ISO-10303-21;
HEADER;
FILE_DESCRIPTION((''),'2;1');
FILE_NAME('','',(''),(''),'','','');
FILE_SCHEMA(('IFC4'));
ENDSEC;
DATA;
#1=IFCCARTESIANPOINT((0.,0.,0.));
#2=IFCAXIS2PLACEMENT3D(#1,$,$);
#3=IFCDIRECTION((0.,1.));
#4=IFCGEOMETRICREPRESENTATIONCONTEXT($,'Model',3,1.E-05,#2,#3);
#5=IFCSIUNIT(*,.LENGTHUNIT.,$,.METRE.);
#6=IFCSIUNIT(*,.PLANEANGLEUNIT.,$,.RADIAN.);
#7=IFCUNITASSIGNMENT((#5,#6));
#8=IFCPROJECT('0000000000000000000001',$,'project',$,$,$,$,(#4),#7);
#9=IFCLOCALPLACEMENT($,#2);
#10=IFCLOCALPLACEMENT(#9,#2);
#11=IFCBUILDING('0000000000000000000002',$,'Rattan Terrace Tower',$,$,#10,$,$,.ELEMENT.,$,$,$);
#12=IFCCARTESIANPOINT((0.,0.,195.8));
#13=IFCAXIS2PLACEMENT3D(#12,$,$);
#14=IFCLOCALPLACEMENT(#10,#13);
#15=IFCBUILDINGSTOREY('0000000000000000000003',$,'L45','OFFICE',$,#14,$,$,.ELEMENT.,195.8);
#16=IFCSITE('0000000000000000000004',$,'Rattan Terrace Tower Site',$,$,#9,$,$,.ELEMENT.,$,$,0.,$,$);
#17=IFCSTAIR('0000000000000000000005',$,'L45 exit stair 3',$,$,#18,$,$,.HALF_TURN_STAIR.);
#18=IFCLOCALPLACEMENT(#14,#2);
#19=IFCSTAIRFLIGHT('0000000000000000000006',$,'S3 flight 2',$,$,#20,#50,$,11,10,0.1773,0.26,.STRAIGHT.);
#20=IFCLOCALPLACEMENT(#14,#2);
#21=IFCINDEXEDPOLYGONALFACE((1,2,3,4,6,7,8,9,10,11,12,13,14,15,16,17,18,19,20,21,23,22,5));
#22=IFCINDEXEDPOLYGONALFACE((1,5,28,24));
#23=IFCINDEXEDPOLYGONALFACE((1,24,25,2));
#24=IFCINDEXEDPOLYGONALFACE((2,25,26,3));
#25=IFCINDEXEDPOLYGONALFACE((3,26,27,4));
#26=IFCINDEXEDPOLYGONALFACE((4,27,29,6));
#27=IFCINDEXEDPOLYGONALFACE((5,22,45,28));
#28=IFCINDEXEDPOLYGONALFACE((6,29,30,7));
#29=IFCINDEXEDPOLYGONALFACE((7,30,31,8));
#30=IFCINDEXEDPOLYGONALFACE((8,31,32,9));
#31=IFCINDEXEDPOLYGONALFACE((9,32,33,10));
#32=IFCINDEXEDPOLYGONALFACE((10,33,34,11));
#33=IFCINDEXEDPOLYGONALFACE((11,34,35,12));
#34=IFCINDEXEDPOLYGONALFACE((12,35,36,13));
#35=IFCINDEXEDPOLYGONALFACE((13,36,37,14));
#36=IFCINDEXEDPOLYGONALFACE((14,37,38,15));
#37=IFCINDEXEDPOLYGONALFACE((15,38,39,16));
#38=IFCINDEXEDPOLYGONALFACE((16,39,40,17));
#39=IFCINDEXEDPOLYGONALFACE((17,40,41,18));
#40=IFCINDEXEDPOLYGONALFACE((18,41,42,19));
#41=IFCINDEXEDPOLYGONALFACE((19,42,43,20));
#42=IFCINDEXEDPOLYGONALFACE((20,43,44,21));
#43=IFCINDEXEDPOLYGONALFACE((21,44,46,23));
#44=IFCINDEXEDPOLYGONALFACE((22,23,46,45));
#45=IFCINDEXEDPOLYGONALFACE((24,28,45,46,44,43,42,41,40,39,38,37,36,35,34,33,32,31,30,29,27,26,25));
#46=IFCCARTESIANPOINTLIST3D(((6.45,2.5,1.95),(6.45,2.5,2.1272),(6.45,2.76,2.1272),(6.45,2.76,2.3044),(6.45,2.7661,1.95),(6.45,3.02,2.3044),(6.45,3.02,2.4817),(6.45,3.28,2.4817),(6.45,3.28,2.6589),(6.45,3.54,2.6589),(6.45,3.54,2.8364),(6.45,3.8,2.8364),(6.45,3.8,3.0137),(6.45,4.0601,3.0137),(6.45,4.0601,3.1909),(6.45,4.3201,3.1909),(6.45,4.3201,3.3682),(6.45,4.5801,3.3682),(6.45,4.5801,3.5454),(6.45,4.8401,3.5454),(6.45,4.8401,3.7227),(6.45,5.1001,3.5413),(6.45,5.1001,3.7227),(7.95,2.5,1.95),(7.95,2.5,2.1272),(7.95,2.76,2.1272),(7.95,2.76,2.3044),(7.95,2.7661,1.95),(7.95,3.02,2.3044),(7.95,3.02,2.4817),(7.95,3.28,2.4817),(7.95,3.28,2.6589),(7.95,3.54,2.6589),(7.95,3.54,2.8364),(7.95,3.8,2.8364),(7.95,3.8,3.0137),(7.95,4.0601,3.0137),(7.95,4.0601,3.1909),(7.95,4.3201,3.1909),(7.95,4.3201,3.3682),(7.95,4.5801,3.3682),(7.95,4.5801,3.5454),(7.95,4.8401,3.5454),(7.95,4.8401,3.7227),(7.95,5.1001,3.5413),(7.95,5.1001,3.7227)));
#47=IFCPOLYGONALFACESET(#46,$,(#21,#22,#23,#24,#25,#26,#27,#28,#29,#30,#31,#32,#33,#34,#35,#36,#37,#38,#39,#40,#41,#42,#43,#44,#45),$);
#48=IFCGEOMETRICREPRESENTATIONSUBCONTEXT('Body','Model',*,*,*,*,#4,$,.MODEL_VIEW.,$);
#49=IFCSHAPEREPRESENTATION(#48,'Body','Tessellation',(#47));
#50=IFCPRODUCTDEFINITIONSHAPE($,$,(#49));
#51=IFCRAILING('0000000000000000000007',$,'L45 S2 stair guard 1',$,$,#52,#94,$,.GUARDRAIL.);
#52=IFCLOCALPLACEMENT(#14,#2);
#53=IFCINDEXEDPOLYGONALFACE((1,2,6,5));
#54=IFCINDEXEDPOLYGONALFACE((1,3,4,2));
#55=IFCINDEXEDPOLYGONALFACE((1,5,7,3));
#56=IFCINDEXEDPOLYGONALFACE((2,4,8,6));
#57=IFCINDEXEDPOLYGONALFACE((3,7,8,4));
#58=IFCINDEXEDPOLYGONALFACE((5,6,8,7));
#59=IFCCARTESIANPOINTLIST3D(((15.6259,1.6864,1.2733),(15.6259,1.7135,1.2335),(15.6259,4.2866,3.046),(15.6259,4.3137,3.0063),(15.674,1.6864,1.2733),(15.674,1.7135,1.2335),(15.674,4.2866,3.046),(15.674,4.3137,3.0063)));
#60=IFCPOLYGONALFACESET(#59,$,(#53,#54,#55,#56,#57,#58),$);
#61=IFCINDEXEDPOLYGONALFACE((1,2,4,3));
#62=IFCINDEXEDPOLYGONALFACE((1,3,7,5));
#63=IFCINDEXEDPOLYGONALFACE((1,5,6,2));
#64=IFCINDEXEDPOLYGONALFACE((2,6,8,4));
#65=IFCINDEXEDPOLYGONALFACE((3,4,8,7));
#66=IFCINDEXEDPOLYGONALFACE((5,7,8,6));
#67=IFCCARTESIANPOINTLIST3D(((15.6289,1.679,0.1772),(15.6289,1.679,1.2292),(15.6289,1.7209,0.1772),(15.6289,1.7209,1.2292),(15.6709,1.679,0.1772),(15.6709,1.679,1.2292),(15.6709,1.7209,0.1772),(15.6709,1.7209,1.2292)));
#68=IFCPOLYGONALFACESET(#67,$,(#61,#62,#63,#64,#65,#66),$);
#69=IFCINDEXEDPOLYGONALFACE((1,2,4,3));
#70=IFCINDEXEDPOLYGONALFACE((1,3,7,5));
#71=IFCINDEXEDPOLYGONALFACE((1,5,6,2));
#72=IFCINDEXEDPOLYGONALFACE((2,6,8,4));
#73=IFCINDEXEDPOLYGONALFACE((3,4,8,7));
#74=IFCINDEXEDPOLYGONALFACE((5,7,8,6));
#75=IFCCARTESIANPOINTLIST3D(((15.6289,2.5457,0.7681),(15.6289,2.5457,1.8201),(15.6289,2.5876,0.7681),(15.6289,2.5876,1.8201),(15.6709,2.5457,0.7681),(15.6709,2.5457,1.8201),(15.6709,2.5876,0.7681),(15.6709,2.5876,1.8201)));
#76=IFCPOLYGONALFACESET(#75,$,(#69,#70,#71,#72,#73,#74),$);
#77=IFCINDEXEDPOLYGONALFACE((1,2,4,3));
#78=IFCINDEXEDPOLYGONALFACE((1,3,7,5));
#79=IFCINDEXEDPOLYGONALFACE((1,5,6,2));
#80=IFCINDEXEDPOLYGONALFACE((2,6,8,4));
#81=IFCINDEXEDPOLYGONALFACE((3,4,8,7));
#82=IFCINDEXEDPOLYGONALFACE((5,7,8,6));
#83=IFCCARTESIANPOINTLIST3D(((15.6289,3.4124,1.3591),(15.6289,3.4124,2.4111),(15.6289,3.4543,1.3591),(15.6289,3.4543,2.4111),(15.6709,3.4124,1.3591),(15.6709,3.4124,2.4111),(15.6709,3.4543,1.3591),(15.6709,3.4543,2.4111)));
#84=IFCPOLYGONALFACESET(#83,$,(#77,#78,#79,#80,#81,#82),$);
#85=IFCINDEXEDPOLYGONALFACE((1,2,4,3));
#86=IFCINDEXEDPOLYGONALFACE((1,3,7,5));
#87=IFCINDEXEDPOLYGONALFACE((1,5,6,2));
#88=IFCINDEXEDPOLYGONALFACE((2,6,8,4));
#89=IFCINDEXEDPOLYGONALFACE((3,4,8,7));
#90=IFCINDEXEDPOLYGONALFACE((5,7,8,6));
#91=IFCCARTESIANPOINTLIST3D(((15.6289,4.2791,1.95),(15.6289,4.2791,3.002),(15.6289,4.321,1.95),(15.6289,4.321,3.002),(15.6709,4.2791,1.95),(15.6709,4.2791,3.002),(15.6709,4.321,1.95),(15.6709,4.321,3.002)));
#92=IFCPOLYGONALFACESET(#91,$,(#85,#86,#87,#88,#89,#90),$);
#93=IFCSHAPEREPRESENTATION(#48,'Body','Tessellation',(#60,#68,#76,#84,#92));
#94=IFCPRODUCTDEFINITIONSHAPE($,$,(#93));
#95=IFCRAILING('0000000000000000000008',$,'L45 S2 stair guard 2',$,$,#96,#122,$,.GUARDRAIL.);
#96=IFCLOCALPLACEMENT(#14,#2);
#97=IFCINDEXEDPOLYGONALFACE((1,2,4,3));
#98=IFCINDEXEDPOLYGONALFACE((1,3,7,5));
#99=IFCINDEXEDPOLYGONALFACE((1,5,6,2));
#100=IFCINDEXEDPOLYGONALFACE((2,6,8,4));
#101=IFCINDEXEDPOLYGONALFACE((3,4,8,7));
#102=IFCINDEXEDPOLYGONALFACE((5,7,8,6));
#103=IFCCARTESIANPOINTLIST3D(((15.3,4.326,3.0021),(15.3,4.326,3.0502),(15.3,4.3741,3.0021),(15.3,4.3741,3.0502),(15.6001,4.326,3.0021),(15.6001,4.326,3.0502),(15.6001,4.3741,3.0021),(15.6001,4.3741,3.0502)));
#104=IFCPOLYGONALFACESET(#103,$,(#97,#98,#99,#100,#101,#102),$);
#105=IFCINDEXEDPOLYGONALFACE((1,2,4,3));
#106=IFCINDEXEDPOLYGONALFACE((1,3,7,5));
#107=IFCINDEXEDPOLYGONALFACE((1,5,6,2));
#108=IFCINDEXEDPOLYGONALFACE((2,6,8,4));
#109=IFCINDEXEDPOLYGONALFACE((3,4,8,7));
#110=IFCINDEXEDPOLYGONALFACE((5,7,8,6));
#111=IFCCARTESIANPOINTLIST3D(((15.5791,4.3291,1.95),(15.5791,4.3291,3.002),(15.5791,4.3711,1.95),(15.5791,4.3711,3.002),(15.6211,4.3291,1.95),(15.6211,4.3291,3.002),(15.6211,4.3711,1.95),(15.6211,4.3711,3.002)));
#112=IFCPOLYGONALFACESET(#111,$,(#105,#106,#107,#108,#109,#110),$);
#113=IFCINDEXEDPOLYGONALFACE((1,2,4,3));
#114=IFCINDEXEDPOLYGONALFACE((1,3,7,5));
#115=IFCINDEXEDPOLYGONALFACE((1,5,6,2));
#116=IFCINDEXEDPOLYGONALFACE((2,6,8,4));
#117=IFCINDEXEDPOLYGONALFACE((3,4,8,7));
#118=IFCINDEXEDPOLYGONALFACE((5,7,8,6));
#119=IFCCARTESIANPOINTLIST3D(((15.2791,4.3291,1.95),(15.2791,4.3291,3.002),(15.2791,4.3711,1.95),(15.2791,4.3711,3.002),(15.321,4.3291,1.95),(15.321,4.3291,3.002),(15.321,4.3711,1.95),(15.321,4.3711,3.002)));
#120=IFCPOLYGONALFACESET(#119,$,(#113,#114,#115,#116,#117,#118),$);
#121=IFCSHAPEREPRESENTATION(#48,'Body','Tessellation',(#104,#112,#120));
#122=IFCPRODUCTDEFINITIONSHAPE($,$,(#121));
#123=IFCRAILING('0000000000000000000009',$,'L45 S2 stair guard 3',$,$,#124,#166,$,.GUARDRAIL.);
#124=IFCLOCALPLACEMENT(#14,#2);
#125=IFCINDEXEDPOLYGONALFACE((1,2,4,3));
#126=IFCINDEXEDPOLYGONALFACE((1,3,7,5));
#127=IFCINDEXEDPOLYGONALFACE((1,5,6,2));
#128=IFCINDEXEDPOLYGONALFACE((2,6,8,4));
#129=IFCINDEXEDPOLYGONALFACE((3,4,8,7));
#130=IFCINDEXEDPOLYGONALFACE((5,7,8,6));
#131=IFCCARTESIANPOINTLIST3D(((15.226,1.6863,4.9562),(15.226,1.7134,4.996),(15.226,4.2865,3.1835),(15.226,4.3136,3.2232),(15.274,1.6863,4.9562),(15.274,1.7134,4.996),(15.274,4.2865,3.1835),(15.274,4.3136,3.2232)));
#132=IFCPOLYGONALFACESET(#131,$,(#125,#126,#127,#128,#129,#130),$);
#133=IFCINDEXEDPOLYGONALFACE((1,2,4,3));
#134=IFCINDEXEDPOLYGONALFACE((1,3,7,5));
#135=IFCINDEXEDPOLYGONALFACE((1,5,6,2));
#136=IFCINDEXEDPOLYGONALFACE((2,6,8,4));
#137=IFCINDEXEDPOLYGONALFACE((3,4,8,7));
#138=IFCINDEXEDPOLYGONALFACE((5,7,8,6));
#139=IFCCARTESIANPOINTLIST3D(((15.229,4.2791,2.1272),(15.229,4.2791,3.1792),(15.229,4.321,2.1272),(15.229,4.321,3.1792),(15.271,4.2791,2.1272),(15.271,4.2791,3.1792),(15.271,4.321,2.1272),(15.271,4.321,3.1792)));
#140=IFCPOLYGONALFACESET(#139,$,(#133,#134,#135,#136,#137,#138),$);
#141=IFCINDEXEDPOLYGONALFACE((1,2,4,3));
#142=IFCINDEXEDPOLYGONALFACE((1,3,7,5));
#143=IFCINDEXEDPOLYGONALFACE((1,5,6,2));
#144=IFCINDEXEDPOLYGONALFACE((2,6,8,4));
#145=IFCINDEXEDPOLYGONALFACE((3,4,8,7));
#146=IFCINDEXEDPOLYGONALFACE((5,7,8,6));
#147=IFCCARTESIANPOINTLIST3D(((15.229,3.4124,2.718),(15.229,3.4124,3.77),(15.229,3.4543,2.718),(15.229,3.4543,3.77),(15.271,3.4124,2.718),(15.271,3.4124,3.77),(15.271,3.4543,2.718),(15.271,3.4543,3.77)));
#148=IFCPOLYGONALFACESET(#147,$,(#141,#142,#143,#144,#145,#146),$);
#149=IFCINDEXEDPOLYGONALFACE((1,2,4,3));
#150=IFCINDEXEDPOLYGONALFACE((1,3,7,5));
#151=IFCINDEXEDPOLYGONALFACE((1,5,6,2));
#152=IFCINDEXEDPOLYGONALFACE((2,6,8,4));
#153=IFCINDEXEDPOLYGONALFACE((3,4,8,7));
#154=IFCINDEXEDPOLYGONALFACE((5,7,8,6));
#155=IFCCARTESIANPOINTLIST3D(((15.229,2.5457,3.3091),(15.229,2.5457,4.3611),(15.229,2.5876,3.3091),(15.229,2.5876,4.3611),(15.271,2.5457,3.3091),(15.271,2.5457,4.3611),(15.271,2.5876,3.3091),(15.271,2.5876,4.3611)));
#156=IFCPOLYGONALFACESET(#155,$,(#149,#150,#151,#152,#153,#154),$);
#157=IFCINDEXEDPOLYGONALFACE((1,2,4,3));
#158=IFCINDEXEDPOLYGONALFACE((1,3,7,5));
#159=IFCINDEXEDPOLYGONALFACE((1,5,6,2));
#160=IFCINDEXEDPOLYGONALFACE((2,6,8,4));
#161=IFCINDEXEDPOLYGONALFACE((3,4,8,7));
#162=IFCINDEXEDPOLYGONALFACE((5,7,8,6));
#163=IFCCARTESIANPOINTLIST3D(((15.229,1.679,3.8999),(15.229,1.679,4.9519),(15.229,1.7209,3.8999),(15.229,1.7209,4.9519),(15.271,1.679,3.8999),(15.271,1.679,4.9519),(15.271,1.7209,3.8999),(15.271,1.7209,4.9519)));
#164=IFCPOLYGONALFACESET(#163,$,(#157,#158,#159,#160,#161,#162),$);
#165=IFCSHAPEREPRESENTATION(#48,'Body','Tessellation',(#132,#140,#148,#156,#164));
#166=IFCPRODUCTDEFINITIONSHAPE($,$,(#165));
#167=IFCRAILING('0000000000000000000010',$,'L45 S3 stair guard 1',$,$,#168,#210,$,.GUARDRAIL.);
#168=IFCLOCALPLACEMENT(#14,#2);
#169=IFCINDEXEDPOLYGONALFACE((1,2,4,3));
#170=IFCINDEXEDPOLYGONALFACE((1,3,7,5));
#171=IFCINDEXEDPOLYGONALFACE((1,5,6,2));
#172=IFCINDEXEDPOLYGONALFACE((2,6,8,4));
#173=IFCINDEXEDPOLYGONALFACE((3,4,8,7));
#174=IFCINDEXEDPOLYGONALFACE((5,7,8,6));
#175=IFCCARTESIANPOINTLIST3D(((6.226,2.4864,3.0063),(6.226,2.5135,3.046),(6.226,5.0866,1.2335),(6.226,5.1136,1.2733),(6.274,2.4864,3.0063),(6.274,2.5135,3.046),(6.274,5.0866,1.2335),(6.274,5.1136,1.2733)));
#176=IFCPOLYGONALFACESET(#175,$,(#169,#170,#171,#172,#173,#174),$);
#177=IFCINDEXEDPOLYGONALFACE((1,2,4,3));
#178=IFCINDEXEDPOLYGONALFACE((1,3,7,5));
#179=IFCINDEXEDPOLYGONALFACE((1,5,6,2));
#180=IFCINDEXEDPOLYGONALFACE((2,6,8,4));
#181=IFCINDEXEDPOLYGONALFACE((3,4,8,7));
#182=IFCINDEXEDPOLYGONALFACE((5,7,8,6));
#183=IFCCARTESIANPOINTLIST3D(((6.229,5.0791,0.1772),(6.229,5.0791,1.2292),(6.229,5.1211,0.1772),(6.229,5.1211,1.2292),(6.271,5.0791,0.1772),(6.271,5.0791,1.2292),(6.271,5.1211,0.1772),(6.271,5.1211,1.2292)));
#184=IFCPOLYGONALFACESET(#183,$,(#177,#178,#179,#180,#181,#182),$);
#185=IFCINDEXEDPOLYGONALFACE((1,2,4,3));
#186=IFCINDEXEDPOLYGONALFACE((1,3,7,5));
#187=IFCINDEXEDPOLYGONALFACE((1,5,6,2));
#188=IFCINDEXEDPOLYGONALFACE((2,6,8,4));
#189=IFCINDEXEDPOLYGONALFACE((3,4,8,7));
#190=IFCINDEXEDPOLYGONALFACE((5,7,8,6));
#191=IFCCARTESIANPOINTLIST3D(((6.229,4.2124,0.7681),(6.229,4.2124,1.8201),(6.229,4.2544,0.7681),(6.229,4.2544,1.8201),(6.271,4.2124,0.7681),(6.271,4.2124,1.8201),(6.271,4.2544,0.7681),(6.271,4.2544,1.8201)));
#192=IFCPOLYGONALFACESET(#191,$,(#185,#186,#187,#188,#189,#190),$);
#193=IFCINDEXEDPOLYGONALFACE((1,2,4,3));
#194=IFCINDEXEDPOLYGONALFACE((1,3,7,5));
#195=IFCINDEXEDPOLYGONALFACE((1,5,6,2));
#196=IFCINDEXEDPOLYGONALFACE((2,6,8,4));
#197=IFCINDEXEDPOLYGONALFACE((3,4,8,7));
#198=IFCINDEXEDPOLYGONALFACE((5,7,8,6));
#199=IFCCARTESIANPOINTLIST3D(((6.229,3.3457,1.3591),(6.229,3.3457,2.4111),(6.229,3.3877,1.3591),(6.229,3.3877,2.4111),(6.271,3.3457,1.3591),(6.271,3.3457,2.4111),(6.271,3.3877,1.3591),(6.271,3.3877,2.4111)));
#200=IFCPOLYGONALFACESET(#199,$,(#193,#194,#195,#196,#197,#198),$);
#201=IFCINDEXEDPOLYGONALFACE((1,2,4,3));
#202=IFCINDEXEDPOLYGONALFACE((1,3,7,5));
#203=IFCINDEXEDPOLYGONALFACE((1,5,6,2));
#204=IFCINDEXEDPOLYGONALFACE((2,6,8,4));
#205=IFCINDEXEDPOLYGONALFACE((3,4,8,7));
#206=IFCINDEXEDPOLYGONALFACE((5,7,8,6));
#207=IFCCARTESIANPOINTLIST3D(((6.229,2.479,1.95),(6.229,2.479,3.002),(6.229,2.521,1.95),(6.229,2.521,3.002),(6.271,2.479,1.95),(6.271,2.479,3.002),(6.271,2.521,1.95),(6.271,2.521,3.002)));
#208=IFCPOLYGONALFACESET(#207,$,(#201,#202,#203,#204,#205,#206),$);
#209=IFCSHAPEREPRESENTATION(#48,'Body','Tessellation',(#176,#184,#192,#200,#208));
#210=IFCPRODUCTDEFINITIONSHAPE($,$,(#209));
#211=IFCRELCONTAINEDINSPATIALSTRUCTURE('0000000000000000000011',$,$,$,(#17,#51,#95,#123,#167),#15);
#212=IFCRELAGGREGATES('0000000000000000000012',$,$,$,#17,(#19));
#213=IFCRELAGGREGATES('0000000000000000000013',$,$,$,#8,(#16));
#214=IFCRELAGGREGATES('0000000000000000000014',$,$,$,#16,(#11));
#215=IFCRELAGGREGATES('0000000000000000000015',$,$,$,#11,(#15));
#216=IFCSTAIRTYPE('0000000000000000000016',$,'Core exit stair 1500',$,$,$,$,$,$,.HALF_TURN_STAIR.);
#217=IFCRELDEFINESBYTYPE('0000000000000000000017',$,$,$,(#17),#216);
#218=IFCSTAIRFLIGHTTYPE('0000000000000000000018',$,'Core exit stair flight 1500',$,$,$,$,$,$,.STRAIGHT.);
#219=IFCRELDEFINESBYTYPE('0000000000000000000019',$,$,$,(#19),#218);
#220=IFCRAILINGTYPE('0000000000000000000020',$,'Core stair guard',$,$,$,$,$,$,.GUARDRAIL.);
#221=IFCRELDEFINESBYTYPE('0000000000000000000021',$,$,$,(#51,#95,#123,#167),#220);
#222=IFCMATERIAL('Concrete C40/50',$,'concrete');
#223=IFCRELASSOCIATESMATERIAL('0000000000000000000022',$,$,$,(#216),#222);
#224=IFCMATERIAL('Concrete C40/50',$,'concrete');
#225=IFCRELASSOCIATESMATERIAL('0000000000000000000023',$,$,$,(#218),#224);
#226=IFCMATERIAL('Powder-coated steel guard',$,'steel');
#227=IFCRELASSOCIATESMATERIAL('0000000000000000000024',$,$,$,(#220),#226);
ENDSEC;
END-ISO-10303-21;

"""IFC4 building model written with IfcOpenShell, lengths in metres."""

from ifc_helpers import new_model, si_unit, direction, frame, origin, origin_2d, place, context, subcontext, project, spatial, polyline, rectangle, outline, extrude, material, type_object, element, aggregate, save


model = new_model("IFC4")

# Units and contexts
model_context = context("Model", 3, precision=1e-05, world=origin(), true_north=direction((0.0, 1.0)))
body_context = subcontext(model_context, "Body", "Model", "MODEL_VIEW")
ifc_project = project(units=[si_unit("LENGTHUNIT", "METRE"), si_unit("PLANEANGLEUNIT", "RADIAN")], contexts=[model_context])

# Site, building, storey
site_placement = place(None, origin())
site = spatial("IfcSite", under=ifc_project, at=site_placement, Name="Rattan Terrace Tower Site", CompositionType="ELEMENT", RefElevation=0.0)
building_placement = place(site_placement, origin())
building = spatial("IfcBuilding", under=site, at=building_placement, Name="Rattan Terrace Tower", CompositionType="ELEMENT")
storey_placement = place(building_placement, frame((0.0, 0.0, 195.8)))
storey = spatial("IfcBuildingStorey", under=building, at=storey_placement, Name="L45", Description="OFFICE", CompositionType="ELEMENT", Elevation=195.8)

# Stair, stair flight
ifc_material_1 = material(Name="Concrete C40/50", Category="concrete")
stair_type = type_object("IfcStairType", Name="Core exit stair 1500", PredefinedType="HALF_TURN_STAIR", material=ifc_material_1)
ifc_material_2 = material(Name="Concrete C40/50", Category="concrete")
stair_flight_type = type_object("IfcStairFlightType", Name="Core exit stair flight 1500", PredefinedType="STRAIGHT", material=ifc_material_2)
stair_1_placement = place(storey_placement, origin())
stair_1 = element("IfcStair", 1, at=stair_1_placement, inside=storey, type_object=stair_type, Name="L45 exit stair 3", PredefinedType="HALF_TURN_STAIR")
stair_flight_1_placement = place(storey_placement, frame((7.2, 2.5, 1.95), z_axis=(0.0, 0.0, 1.0), x_axis=(0.0, 1.0, 0.0)))
stair_flight_1 = element("IfcStairFlight", 2, at=stair_flight_1_placement, type_object=stair_flight_type, Name="S3 flight 2", NumberOfRisers=11, NumberOfTreads=10, PredefinedType="STRAIGHT", RiserHeight=0.1773, TreadLength=0.26, context=body_context, shape_type="SweptSolid", body=[
    extrude(outline(polyline([(0.0, 0.0), (0.0, 0.1772), (0.26, 0.1772), (0.26, 0.3545), (0.52, 0.3545), (0.52, 0.5317), (0.78, 0.5317), (0.78, 0.709), (1.04, 0.709), (1.04, 0.8865), (1.3, 0.8865), (1.3, 1.0637), (1.5601, 1.0637), (1.5601, 1.241), (1.8201, 1.241), (1.8201, 1.4182), (2.0801, 1.4182), (2.0801, 1.5955), (2.3401, 1.5955), (2.3401, 1.7727), (2.6001, 1.7727), (2.6001, 1.95), (2.6001, 1.5913), (0.2661, 0.0), (0.0, 0.0)])), frame((0.0, 0.75, 0.0), z_axis=(0.0, -1.0, 0.0), x_axis=(1.0, 0.0, 0.0)), (0.0, 0.0, 1.0), 1.5),
])
aggregate(stair_1, [stair_flight_1])

# Railings
ifc_material_3 = material(Name="Powder-coated steel guard", Category="steel")
railing_type_1 = type_object("IfcRailingType", Name="Core stair guard", PredefinedType="GUARDRAIL", material=ifc_material_3)
railing_1_placement = place(storey_placement, frame((15.6499, 1.7, 0.1772)))
element("IfcRailing", 3, at=railing_1_placement, inside=storey, type_object=railing_type_1, Name="L45 S2 stair guard 1", PredefinedType="GUARDRAIL", context=body_context, shape_type="SweptSolid", body=[
    extrude(rectangle(XDim=0.0481, YDim=0.0481, at=origin_2d()), frame((0.0, 0.0, 1.0762), z_axis=(0.0, 0.82624, 0.563318), x_axis=(-1.0, 0.0, 0.0)), (0.0, 0.0, 1.0), 3.147),
    extrude(rectangle(XDim=0.042, YDim=0.042, at=origin_2d()), origin(), (0.0, 0.0, 1.0), 1.052),
    extrude(rectangle(XDim=0.042, YDim=0.042, at=origin_2d()), frame((0.0, 0.8667, 0.5908)), (0.0, 0.0, 1.0), 1.052),
    extrude(rectangle(XDim=0.042, YDim=0.042, at=origin_2d()), frame((0.0, 1.7334, 1.1819)), (0.0, 0.0, 1.0), 1.052),
    extrude(rectangle(XDim=0.042, YDim=0.042, at=origin_2d()), frame((0.0, 2.6001, 1.7727)), (0.0, 0.0, 1.0), 1.052),
])
railing_2_placement = place(storey_placement, frame((15.6001, 4.3501, 1.95)))
element("IfcRailing", 4, at=railing_2_placement, inside=storey, type_object=railing_type_1, Name="L45 S2 stair guard 2", PredefinedType="GUARDRAIL", context=body_context, shape_type="SweptSolid", body=[
    extrude(rectangle(XDim=0.0481, YDim=0.0481, at=origin_2d()), frame((0.0, 0.0, 1.0762), z_axis=(-1.0, 0.0, 0.0), x_axis=(0.0, -1.0, 0.0)), (0.0, 0.0, 1.0), 0.3),
    extrude(rectangle(XDim=0.042, YDim=0.042, at=origin_2d()), origin(), (0.0, 0.0, 1.0), 1.052),
    extrude(rectangle(XDim=0.042, YDim=0.042, at=origin_2d()), frame((-0.3, 0.0, 0.0)), (0.0, 0.0, 1.0), 1.052),
])
for number, where, name in (
    (5, (15.25, 4.3, 2.1272), "L45 S2 stair guard 3"),
    (6, (6.25, 5.1001, 0.1772), "L45 S3 stair guard 1"),
):
    element("IfcRailing", number, at=place(storey_placement, frame(where)), inside=storey, type_object=railing_type_1, Name=name, PredefinedType="GUARDRAIL", context=body_context, shape_type="SweptSolid", body=[
        extrude(rectangle(XDim=0.0481, YDim=0.0481, at=origin_2d()), frame((0.0, 0.0, 1.0762), z_axis=(0.0, -0.82624, 0.563318), x_axis=(1.0, 0.0, 0.0)), (0.0, 0.0, 1.0), 3.147),
        extrude(rectangle(XDim=0.042, YDim=0.042, at=origin_2d()), origin(), (0.0, 0.0, 1.0), 1.052),
        extrude(rectangle(XDim=0.042, YDim=0.042, at=origin_2d()), frame((0.0, -0.8667, 0.5908)), (0.0, 0.0, 1.0), 1.052),
        extrude(rectangle(XDim=0.042, YDim=0.042, at=origin_2d()), frame((0.0, -1.7334, 1.1819)), (0.0, 0.0, 1.0), 1.052),
        extrude(rectangle(XDim=0.042, YDim=0.042, at=origin_2d()), frame((0.0, -2.6001, 1.7727)), (0.0, 0.0, 1.0), 1.052),
    ])

save(model, "model.ifc")
